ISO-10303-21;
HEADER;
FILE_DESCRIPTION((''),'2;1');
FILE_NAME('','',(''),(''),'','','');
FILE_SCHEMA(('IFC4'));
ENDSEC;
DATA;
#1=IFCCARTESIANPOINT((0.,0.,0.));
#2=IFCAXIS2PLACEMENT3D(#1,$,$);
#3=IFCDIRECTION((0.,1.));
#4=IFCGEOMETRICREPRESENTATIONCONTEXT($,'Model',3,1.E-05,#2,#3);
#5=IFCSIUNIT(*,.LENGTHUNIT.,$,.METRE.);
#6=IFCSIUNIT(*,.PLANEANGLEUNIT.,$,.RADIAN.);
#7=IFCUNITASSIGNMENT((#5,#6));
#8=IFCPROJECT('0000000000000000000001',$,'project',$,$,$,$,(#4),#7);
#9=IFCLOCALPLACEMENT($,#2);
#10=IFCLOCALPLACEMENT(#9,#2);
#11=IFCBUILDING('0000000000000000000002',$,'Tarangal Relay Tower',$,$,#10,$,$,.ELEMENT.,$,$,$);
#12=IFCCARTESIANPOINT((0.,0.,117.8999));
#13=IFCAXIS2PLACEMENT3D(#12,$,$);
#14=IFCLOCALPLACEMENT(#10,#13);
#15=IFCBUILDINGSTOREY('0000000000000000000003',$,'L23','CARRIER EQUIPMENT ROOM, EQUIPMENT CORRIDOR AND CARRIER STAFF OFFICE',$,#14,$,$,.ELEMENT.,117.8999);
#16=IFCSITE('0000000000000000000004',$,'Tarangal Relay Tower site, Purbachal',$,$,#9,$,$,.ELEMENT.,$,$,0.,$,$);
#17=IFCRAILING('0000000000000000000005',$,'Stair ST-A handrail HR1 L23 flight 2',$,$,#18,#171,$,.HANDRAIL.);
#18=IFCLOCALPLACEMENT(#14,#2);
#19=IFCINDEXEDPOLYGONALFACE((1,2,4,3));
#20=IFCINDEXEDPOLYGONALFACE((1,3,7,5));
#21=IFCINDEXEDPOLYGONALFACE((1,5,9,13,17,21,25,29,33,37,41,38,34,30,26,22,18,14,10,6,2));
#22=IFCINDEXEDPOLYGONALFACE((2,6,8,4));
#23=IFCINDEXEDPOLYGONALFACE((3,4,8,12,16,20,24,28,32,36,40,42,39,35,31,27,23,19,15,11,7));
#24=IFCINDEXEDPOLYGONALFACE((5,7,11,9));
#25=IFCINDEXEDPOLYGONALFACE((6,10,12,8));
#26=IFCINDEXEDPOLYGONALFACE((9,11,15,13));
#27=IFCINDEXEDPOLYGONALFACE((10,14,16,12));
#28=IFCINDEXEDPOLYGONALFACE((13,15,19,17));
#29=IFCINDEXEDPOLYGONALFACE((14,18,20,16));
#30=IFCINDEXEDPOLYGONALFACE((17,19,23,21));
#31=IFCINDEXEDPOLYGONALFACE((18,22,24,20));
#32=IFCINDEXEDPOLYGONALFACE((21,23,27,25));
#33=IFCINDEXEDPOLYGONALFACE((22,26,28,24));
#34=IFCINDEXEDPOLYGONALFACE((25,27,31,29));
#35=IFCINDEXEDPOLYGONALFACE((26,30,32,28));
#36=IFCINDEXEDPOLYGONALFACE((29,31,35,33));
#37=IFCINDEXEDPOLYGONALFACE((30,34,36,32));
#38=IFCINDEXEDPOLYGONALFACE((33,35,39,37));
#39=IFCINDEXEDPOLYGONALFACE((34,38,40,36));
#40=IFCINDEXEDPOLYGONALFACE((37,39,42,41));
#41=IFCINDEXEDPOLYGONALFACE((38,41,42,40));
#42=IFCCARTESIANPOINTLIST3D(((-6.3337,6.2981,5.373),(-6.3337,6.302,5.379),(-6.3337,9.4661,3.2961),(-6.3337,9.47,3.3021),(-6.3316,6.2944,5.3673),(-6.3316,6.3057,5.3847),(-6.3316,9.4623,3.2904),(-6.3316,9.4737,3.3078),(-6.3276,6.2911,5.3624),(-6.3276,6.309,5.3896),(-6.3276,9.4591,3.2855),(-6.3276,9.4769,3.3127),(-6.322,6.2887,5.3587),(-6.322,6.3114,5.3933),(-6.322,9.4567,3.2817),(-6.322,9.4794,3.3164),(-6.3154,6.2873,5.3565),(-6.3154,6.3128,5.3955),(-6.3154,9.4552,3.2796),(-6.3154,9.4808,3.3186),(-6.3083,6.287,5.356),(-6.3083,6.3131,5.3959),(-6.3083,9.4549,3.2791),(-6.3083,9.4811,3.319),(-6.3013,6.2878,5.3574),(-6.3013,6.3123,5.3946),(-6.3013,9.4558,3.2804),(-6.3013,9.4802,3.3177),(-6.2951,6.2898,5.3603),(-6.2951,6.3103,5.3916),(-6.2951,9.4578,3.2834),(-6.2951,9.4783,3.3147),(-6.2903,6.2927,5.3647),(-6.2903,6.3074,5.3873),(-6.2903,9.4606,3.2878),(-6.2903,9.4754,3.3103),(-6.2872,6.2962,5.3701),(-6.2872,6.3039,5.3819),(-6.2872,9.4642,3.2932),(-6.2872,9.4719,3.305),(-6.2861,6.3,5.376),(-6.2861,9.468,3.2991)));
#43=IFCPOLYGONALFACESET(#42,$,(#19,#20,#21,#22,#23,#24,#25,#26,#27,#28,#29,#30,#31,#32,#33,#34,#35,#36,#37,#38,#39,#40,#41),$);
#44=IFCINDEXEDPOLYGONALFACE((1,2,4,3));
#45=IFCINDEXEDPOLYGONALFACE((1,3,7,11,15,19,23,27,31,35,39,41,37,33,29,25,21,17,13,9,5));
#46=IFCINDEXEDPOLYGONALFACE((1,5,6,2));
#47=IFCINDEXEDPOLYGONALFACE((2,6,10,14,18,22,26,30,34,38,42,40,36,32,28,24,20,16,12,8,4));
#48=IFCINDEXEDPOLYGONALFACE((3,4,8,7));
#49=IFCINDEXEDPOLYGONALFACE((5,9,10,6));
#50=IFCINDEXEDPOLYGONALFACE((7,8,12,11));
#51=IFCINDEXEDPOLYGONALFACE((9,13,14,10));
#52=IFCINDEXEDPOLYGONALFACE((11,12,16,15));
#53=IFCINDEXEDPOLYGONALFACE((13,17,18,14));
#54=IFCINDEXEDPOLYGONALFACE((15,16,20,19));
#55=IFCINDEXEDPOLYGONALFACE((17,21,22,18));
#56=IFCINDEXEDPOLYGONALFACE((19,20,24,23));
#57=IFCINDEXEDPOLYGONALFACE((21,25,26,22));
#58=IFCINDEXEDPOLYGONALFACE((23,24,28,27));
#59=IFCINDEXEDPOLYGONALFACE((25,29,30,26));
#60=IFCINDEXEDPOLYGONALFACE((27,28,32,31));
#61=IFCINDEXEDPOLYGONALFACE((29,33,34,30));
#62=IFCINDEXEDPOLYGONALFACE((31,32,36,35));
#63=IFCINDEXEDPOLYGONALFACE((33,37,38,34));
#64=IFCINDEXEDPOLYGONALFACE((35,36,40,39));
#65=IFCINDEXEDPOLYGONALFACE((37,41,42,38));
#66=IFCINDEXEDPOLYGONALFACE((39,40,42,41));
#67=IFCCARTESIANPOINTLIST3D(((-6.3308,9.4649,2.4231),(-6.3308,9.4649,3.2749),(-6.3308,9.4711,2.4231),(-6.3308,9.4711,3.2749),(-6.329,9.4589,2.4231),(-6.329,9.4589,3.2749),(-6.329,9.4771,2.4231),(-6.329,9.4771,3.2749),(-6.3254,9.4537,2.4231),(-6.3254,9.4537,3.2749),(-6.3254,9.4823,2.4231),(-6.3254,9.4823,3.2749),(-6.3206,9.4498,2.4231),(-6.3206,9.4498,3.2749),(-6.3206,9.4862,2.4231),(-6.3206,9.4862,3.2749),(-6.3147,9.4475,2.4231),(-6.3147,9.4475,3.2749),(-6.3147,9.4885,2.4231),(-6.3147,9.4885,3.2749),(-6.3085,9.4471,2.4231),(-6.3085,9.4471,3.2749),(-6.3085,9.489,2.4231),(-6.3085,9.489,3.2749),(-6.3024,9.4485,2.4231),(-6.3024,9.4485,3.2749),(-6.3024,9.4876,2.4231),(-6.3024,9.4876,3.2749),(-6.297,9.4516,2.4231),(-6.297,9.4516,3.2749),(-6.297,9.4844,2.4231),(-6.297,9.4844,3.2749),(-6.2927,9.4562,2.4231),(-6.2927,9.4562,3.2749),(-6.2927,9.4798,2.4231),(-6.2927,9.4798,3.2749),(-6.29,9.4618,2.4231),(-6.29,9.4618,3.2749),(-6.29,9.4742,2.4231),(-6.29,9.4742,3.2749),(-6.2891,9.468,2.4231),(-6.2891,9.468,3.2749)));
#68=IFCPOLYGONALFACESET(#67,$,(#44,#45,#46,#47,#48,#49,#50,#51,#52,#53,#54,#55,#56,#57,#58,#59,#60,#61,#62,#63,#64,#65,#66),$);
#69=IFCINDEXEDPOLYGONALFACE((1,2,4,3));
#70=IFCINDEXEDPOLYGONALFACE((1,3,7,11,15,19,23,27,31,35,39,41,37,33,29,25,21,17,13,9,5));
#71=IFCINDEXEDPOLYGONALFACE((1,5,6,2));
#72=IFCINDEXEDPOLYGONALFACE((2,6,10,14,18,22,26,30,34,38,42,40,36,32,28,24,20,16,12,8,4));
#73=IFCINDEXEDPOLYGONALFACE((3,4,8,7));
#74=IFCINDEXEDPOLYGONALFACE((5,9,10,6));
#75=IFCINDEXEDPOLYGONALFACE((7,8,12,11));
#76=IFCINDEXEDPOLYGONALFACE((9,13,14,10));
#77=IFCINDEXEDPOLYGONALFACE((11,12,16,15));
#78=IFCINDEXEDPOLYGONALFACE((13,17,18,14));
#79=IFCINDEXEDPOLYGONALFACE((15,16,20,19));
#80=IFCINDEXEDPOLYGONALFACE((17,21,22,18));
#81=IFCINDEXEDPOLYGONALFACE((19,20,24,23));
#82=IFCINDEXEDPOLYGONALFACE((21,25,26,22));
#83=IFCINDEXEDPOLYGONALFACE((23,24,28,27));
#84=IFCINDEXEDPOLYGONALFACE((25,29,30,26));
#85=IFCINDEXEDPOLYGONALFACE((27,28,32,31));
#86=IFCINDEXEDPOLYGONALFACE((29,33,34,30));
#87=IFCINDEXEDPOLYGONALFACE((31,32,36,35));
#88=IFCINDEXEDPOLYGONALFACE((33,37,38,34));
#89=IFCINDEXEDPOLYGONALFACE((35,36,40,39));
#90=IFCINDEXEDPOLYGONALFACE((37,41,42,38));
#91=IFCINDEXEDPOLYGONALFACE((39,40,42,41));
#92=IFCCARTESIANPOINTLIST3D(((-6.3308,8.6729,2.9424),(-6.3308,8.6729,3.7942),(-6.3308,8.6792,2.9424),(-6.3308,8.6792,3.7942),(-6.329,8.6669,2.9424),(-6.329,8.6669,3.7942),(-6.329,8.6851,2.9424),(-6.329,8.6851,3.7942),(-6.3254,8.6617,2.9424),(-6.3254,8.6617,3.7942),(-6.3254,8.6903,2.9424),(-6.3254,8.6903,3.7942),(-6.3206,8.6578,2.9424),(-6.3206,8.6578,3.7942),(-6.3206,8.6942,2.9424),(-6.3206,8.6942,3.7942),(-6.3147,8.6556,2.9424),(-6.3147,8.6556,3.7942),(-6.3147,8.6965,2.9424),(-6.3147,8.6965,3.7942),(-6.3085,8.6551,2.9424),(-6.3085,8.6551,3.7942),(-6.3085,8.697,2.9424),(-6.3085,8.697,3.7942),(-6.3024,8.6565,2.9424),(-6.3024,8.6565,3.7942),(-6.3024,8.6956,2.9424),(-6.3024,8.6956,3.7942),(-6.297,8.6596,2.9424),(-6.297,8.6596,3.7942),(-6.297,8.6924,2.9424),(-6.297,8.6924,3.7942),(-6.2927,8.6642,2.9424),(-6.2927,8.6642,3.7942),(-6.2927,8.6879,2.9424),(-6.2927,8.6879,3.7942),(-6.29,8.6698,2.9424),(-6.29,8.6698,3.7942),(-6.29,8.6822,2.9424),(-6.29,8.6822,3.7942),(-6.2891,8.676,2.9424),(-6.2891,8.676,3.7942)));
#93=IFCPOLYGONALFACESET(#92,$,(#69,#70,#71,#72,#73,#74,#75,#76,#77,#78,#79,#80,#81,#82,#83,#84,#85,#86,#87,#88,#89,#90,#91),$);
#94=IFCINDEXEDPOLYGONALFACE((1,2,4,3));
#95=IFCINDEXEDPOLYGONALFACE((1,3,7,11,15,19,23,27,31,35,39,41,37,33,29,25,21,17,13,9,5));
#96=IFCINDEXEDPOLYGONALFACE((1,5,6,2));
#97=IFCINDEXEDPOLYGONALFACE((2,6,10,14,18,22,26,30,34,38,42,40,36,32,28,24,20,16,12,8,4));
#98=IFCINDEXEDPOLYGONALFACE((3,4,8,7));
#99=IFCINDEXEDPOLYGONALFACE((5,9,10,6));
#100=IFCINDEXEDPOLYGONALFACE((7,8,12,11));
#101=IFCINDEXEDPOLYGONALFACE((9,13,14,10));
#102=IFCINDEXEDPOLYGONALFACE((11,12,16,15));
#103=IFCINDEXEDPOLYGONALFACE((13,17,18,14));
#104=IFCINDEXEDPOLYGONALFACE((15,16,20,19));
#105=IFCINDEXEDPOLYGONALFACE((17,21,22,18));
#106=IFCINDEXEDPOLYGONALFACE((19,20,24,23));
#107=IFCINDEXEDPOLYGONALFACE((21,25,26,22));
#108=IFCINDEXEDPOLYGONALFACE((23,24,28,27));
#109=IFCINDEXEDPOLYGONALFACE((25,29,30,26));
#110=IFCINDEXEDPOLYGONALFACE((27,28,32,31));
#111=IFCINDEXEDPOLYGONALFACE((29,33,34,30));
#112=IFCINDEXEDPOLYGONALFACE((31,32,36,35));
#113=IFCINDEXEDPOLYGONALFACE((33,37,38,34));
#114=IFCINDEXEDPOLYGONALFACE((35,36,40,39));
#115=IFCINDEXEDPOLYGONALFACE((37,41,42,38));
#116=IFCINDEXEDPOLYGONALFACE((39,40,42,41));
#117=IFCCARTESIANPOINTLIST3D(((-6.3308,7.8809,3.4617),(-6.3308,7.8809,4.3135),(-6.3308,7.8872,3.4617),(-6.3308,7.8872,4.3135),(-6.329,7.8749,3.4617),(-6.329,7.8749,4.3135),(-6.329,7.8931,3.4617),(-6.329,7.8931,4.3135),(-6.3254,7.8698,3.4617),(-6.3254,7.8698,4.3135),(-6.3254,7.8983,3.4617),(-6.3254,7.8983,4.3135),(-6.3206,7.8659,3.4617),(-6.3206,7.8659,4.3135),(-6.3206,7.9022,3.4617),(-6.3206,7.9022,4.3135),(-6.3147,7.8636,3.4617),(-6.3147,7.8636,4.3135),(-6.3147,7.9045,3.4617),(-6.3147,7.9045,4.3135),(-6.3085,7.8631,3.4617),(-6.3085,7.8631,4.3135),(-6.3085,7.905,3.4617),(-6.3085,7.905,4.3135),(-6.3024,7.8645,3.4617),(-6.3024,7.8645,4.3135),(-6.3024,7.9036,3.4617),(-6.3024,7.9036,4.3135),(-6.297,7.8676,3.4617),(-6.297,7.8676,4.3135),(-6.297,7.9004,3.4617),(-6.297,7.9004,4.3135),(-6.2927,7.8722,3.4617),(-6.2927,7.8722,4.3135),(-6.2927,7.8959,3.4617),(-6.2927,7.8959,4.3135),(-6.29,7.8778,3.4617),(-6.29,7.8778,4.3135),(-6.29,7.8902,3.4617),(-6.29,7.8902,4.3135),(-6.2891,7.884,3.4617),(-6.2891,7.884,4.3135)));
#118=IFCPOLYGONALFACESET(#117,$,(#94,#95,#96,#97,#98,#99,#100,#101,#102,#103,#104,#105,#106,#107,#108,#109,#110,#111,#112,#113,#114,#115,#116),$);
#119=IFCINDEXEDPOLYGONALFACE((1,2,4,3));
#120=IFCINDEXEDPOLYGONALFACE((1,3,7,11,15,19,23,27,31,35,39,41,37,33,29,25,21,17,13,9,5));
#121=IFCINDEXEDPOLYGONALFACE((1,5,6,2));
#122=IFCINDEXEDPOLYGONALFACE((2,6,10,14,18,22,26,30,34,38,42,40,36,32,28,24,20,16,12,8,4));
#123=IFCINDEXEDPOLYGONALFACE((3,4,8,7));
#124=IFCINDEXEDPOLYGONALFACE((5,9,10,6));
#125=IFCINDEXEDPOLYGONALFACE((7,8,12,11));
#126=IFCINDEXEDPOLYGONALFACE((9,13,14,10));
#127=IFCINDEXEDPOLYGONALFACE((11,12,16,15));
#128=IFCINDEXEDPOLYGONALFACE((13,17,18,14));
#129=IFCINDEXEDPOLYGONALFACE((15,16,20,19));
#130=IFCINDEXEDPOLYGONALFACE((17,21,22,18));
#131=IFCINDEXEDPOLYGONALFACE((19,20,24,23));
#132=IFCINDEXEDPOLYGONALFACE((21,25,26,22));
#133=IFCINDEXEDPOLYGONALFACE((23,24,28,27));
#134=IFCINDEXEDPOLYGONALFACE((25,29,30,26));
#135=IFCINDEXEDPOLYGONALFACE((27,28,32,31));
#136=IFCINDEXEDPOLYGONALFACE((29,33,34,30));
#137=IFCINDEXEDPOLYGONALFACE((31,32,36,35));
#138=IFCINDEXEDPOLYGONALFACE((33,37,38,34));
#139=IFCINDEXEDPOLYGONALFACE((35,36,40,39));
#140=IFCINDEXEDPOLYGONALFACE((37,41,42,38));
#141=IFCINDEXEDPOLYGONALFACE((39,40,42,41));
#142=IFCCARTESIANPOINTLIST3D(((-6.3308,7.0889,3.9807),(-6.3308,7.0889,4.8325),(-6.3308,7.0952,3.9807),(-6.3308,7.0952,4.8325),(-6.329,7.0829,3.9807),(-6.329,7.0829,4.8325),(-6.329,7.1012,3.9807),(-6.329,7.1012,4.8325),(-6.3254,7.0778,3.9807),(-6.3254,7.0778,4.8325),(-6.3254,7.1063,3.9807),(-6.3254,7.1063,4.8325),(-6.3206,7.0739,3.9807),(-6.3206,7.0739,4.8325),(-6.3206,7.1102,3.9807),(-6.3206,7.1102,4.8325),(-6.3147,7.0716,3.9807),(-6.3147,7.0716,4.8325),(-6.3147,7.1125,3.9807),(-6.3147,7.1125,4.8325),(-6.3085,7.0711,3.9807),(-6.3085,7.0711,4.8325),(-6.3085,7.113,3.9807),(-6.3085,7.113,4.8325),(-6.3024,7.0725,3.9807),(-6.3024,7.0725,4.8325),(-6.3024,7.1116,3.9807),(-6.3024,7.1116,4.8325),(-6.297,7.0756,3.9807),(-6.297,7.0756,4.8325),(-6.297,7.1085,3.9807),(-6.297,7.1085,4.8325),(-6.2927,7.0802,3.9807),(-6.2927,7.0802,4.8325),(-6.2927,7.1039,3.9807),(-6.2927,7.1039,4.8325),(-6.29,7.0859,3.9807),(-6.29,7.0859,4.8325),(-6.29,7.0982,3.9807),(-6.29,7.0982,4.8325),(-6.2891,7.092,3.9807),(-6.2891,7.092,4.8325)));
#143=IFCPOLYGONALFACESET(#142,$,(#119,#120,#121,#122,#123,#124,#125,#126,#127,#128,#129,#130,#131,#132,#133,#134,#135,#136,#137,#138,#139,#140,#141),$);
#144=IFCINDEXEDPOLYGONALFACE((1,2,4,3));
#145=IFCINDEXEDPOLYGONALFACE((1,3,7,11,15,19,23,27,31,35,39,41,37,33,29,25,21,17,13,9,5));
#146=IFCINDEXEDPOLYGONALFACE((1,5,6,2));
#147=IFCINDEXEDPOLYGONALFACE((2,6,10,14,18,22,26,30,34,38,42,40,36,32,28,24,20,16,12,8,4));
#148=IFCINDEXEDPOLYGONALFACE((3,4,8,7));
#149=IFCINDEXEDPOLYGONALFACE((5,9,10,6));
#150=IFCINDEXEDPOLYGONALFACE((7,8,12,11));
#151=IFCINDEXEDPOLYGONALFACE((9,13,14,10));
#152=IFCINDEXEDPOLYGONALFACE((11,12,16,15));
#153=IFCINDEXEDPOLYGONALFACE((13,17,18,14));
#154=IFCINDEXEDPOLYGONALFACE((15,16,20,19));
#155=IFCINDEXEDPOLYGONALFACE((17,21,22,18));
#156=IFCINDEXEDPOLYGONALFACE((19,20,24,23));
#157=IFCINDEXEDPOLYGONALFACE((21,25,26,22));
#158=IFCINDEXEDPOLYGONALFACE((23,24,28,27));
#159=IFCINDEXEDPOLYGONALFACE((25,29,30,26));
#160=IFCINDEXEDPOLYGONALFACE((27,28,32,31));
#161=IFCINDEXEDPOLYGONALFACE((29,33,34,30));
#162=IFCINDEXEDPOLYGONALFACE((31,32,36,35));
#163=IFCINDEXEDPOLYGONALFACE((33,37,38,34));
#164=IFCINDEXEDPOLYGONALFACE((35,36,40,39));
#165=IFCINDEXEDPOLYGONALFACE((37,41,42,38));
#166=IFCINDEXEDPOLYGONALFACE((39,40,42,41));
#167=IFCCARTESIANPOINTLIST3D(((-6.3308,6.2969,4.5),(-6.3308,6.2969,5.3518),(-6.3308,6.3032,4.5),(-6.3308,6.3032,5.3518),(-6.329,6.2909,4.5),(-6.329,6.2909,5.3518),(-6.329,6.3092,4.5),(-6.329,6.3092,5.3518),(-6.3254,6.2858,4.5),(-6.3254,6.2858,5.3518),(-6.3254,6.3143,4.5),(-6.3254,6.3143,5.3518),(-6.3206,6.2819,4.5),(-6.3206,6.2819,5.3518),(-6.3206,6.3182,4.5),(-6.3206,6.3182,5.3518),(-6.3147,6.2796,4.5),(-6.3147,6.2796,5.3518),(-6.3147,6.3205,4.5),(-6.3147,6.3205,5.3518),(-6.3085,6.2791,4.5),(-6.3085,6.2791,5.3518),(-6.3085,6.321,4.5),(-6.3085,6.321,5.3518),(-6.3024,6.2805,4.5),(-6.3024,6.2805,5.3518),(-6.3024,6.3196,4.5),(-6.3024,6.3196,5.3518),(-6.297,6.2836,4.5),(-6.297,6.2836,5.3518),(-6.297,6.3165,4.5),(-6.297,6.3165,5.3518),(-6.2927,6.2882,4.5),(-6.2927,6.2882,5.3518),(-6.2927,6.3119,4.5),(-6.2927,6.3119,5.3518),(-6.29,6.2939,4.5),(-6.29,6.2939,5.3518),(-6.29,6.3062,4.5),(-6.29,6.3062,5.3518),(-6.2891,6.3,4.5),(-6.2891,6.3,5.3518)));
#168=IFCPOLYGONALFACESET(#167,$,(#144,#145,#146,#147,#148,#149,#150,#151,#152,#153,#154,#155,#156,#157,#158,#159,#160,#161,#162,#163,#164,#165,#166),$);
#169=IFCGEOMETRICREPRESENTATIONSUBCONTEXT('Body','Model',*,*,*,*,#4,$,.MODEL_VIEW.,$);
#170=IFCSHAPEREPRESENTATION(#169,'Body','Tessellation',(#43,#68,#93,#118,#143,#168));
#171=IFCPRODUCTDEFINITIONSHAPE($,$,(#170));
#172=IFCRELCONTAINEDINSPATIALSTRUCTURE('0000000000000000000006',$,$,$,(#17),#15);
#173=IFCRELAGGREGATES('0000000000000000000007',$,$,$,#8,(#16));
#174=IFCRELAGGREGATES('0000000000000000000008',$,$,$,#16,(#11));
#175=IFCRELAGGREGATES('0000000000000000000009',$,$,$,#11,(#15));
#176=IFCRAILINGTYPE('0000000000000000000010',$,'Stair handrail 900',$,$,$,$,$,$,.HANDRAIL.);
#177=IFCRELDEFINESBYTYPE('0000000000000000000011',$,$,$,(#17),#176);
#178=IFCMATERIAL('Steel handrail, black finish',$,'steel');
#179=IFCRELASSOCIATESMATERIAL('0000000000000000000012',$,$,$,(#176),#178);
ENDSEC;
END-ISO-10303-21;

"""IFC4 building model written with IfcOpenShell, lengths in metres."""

from ifc_helpers import new_model, si_unit, direction, frame, origin, origin_2d, place, context, subcontext, project, spatial, circle, extrude, material, type_object, element, save


model = new_model("IFC4")

# Units and contexts
model_context = context("Model", 3, precision=1e-05, world=origin(), true_north=direction((0.0, 1.0)))
body_context = subcontext(model_context, "Body", "Model", "MODEL_VIEW")
ifc_project = project(units=[si_unit("LENGTHUNIT", "METRE"), si_unit("PLANEANGLEUNIT", "RADIAN")], contexts=[model_context])

# Site, building, storey
site_placement = place(None, origin())
site = spatial("IfcSite", under=ifc_project, at=site_placement, Name="Tarangal Relay Tower site, Purbachal", CompositionType="ELEMENT", RefElevation=0.0)
building_placement = place(site_placement, origin())
building = spatial("IfcBuilding", under=site, at=building_placement, Name="Tarangal Relay Tower", CompositionType="ELEMENT")
storey_placement = place(building_placement, frame((0.0, 0.0, 117.8999)))
storey = spatial("IfcBuildingStorey", under=building, at=storey_placement, Name="L23", Description="CARRIER EQUIPMENT ROOM, EQUIPMENT CORRIDOR AND CARRIER STAFF OFFICE", CompositionType="ELEMENT", Elevation=117.8999)

# Railing
ifc_material_1 = material(Name="Steel handrail, black finish", Category="steel")
railing_type_1 = type_object("IfcRailingType", Name="Stair handrail 900", PredefinedType="HANDRAIL", material=ifc_material_1)
railing_1_placement = place(storey_placement, frame((-6.3101, 9.468, 2.4231)))
element("IfcRailing", 1, at=railing_1_placement, inside=storey, type_object=railing_type_1, Name="Stair ST-A handrail HR1 L23 flight 2", PredefinedType="HANDRAIL", context=body_context, shape_type="SweptSolid", body=[
    extrude(circle(Radius=0.0239, at=origin_2d()), frame((0.0, 0.0, 0.876), z_axis=(0.0, -0.836299, 0.548273), x_axis=(1.0, 0.0, 0.0)), (0.0, 0.0, 1.0), 3.7881),
    extrude(circle(Radius=0.021, at=origin_2d()), origin(), (0.0, 0.0, 1.0), 0.8518),
    extrude(circle(Radius=0.021, at=origin_2d()), frame((0.0, -0.792, 0.5193)), (0.0, 0.0, 1.0), 0.8518),
    extrude(circle(Radius=0.021, at=origin_2d()), frame((0.0, -1.584, 1.0386)), (0.0, 0.0, 1.0), 0.8518),
    extrude(circle(Radius=0.021, at=origin_2d()), frame((0.0, -2.376, 1.5576)), (0.0, 0.0, 1.0), 0.8518),
    extrude(circle(Radius=0.021, at=origin_2d()), frame((0.0, -3.168, 2.0769)), (0.0, 0.0, 1.0), 0.8518),
])

save(model, "model.ifc")
